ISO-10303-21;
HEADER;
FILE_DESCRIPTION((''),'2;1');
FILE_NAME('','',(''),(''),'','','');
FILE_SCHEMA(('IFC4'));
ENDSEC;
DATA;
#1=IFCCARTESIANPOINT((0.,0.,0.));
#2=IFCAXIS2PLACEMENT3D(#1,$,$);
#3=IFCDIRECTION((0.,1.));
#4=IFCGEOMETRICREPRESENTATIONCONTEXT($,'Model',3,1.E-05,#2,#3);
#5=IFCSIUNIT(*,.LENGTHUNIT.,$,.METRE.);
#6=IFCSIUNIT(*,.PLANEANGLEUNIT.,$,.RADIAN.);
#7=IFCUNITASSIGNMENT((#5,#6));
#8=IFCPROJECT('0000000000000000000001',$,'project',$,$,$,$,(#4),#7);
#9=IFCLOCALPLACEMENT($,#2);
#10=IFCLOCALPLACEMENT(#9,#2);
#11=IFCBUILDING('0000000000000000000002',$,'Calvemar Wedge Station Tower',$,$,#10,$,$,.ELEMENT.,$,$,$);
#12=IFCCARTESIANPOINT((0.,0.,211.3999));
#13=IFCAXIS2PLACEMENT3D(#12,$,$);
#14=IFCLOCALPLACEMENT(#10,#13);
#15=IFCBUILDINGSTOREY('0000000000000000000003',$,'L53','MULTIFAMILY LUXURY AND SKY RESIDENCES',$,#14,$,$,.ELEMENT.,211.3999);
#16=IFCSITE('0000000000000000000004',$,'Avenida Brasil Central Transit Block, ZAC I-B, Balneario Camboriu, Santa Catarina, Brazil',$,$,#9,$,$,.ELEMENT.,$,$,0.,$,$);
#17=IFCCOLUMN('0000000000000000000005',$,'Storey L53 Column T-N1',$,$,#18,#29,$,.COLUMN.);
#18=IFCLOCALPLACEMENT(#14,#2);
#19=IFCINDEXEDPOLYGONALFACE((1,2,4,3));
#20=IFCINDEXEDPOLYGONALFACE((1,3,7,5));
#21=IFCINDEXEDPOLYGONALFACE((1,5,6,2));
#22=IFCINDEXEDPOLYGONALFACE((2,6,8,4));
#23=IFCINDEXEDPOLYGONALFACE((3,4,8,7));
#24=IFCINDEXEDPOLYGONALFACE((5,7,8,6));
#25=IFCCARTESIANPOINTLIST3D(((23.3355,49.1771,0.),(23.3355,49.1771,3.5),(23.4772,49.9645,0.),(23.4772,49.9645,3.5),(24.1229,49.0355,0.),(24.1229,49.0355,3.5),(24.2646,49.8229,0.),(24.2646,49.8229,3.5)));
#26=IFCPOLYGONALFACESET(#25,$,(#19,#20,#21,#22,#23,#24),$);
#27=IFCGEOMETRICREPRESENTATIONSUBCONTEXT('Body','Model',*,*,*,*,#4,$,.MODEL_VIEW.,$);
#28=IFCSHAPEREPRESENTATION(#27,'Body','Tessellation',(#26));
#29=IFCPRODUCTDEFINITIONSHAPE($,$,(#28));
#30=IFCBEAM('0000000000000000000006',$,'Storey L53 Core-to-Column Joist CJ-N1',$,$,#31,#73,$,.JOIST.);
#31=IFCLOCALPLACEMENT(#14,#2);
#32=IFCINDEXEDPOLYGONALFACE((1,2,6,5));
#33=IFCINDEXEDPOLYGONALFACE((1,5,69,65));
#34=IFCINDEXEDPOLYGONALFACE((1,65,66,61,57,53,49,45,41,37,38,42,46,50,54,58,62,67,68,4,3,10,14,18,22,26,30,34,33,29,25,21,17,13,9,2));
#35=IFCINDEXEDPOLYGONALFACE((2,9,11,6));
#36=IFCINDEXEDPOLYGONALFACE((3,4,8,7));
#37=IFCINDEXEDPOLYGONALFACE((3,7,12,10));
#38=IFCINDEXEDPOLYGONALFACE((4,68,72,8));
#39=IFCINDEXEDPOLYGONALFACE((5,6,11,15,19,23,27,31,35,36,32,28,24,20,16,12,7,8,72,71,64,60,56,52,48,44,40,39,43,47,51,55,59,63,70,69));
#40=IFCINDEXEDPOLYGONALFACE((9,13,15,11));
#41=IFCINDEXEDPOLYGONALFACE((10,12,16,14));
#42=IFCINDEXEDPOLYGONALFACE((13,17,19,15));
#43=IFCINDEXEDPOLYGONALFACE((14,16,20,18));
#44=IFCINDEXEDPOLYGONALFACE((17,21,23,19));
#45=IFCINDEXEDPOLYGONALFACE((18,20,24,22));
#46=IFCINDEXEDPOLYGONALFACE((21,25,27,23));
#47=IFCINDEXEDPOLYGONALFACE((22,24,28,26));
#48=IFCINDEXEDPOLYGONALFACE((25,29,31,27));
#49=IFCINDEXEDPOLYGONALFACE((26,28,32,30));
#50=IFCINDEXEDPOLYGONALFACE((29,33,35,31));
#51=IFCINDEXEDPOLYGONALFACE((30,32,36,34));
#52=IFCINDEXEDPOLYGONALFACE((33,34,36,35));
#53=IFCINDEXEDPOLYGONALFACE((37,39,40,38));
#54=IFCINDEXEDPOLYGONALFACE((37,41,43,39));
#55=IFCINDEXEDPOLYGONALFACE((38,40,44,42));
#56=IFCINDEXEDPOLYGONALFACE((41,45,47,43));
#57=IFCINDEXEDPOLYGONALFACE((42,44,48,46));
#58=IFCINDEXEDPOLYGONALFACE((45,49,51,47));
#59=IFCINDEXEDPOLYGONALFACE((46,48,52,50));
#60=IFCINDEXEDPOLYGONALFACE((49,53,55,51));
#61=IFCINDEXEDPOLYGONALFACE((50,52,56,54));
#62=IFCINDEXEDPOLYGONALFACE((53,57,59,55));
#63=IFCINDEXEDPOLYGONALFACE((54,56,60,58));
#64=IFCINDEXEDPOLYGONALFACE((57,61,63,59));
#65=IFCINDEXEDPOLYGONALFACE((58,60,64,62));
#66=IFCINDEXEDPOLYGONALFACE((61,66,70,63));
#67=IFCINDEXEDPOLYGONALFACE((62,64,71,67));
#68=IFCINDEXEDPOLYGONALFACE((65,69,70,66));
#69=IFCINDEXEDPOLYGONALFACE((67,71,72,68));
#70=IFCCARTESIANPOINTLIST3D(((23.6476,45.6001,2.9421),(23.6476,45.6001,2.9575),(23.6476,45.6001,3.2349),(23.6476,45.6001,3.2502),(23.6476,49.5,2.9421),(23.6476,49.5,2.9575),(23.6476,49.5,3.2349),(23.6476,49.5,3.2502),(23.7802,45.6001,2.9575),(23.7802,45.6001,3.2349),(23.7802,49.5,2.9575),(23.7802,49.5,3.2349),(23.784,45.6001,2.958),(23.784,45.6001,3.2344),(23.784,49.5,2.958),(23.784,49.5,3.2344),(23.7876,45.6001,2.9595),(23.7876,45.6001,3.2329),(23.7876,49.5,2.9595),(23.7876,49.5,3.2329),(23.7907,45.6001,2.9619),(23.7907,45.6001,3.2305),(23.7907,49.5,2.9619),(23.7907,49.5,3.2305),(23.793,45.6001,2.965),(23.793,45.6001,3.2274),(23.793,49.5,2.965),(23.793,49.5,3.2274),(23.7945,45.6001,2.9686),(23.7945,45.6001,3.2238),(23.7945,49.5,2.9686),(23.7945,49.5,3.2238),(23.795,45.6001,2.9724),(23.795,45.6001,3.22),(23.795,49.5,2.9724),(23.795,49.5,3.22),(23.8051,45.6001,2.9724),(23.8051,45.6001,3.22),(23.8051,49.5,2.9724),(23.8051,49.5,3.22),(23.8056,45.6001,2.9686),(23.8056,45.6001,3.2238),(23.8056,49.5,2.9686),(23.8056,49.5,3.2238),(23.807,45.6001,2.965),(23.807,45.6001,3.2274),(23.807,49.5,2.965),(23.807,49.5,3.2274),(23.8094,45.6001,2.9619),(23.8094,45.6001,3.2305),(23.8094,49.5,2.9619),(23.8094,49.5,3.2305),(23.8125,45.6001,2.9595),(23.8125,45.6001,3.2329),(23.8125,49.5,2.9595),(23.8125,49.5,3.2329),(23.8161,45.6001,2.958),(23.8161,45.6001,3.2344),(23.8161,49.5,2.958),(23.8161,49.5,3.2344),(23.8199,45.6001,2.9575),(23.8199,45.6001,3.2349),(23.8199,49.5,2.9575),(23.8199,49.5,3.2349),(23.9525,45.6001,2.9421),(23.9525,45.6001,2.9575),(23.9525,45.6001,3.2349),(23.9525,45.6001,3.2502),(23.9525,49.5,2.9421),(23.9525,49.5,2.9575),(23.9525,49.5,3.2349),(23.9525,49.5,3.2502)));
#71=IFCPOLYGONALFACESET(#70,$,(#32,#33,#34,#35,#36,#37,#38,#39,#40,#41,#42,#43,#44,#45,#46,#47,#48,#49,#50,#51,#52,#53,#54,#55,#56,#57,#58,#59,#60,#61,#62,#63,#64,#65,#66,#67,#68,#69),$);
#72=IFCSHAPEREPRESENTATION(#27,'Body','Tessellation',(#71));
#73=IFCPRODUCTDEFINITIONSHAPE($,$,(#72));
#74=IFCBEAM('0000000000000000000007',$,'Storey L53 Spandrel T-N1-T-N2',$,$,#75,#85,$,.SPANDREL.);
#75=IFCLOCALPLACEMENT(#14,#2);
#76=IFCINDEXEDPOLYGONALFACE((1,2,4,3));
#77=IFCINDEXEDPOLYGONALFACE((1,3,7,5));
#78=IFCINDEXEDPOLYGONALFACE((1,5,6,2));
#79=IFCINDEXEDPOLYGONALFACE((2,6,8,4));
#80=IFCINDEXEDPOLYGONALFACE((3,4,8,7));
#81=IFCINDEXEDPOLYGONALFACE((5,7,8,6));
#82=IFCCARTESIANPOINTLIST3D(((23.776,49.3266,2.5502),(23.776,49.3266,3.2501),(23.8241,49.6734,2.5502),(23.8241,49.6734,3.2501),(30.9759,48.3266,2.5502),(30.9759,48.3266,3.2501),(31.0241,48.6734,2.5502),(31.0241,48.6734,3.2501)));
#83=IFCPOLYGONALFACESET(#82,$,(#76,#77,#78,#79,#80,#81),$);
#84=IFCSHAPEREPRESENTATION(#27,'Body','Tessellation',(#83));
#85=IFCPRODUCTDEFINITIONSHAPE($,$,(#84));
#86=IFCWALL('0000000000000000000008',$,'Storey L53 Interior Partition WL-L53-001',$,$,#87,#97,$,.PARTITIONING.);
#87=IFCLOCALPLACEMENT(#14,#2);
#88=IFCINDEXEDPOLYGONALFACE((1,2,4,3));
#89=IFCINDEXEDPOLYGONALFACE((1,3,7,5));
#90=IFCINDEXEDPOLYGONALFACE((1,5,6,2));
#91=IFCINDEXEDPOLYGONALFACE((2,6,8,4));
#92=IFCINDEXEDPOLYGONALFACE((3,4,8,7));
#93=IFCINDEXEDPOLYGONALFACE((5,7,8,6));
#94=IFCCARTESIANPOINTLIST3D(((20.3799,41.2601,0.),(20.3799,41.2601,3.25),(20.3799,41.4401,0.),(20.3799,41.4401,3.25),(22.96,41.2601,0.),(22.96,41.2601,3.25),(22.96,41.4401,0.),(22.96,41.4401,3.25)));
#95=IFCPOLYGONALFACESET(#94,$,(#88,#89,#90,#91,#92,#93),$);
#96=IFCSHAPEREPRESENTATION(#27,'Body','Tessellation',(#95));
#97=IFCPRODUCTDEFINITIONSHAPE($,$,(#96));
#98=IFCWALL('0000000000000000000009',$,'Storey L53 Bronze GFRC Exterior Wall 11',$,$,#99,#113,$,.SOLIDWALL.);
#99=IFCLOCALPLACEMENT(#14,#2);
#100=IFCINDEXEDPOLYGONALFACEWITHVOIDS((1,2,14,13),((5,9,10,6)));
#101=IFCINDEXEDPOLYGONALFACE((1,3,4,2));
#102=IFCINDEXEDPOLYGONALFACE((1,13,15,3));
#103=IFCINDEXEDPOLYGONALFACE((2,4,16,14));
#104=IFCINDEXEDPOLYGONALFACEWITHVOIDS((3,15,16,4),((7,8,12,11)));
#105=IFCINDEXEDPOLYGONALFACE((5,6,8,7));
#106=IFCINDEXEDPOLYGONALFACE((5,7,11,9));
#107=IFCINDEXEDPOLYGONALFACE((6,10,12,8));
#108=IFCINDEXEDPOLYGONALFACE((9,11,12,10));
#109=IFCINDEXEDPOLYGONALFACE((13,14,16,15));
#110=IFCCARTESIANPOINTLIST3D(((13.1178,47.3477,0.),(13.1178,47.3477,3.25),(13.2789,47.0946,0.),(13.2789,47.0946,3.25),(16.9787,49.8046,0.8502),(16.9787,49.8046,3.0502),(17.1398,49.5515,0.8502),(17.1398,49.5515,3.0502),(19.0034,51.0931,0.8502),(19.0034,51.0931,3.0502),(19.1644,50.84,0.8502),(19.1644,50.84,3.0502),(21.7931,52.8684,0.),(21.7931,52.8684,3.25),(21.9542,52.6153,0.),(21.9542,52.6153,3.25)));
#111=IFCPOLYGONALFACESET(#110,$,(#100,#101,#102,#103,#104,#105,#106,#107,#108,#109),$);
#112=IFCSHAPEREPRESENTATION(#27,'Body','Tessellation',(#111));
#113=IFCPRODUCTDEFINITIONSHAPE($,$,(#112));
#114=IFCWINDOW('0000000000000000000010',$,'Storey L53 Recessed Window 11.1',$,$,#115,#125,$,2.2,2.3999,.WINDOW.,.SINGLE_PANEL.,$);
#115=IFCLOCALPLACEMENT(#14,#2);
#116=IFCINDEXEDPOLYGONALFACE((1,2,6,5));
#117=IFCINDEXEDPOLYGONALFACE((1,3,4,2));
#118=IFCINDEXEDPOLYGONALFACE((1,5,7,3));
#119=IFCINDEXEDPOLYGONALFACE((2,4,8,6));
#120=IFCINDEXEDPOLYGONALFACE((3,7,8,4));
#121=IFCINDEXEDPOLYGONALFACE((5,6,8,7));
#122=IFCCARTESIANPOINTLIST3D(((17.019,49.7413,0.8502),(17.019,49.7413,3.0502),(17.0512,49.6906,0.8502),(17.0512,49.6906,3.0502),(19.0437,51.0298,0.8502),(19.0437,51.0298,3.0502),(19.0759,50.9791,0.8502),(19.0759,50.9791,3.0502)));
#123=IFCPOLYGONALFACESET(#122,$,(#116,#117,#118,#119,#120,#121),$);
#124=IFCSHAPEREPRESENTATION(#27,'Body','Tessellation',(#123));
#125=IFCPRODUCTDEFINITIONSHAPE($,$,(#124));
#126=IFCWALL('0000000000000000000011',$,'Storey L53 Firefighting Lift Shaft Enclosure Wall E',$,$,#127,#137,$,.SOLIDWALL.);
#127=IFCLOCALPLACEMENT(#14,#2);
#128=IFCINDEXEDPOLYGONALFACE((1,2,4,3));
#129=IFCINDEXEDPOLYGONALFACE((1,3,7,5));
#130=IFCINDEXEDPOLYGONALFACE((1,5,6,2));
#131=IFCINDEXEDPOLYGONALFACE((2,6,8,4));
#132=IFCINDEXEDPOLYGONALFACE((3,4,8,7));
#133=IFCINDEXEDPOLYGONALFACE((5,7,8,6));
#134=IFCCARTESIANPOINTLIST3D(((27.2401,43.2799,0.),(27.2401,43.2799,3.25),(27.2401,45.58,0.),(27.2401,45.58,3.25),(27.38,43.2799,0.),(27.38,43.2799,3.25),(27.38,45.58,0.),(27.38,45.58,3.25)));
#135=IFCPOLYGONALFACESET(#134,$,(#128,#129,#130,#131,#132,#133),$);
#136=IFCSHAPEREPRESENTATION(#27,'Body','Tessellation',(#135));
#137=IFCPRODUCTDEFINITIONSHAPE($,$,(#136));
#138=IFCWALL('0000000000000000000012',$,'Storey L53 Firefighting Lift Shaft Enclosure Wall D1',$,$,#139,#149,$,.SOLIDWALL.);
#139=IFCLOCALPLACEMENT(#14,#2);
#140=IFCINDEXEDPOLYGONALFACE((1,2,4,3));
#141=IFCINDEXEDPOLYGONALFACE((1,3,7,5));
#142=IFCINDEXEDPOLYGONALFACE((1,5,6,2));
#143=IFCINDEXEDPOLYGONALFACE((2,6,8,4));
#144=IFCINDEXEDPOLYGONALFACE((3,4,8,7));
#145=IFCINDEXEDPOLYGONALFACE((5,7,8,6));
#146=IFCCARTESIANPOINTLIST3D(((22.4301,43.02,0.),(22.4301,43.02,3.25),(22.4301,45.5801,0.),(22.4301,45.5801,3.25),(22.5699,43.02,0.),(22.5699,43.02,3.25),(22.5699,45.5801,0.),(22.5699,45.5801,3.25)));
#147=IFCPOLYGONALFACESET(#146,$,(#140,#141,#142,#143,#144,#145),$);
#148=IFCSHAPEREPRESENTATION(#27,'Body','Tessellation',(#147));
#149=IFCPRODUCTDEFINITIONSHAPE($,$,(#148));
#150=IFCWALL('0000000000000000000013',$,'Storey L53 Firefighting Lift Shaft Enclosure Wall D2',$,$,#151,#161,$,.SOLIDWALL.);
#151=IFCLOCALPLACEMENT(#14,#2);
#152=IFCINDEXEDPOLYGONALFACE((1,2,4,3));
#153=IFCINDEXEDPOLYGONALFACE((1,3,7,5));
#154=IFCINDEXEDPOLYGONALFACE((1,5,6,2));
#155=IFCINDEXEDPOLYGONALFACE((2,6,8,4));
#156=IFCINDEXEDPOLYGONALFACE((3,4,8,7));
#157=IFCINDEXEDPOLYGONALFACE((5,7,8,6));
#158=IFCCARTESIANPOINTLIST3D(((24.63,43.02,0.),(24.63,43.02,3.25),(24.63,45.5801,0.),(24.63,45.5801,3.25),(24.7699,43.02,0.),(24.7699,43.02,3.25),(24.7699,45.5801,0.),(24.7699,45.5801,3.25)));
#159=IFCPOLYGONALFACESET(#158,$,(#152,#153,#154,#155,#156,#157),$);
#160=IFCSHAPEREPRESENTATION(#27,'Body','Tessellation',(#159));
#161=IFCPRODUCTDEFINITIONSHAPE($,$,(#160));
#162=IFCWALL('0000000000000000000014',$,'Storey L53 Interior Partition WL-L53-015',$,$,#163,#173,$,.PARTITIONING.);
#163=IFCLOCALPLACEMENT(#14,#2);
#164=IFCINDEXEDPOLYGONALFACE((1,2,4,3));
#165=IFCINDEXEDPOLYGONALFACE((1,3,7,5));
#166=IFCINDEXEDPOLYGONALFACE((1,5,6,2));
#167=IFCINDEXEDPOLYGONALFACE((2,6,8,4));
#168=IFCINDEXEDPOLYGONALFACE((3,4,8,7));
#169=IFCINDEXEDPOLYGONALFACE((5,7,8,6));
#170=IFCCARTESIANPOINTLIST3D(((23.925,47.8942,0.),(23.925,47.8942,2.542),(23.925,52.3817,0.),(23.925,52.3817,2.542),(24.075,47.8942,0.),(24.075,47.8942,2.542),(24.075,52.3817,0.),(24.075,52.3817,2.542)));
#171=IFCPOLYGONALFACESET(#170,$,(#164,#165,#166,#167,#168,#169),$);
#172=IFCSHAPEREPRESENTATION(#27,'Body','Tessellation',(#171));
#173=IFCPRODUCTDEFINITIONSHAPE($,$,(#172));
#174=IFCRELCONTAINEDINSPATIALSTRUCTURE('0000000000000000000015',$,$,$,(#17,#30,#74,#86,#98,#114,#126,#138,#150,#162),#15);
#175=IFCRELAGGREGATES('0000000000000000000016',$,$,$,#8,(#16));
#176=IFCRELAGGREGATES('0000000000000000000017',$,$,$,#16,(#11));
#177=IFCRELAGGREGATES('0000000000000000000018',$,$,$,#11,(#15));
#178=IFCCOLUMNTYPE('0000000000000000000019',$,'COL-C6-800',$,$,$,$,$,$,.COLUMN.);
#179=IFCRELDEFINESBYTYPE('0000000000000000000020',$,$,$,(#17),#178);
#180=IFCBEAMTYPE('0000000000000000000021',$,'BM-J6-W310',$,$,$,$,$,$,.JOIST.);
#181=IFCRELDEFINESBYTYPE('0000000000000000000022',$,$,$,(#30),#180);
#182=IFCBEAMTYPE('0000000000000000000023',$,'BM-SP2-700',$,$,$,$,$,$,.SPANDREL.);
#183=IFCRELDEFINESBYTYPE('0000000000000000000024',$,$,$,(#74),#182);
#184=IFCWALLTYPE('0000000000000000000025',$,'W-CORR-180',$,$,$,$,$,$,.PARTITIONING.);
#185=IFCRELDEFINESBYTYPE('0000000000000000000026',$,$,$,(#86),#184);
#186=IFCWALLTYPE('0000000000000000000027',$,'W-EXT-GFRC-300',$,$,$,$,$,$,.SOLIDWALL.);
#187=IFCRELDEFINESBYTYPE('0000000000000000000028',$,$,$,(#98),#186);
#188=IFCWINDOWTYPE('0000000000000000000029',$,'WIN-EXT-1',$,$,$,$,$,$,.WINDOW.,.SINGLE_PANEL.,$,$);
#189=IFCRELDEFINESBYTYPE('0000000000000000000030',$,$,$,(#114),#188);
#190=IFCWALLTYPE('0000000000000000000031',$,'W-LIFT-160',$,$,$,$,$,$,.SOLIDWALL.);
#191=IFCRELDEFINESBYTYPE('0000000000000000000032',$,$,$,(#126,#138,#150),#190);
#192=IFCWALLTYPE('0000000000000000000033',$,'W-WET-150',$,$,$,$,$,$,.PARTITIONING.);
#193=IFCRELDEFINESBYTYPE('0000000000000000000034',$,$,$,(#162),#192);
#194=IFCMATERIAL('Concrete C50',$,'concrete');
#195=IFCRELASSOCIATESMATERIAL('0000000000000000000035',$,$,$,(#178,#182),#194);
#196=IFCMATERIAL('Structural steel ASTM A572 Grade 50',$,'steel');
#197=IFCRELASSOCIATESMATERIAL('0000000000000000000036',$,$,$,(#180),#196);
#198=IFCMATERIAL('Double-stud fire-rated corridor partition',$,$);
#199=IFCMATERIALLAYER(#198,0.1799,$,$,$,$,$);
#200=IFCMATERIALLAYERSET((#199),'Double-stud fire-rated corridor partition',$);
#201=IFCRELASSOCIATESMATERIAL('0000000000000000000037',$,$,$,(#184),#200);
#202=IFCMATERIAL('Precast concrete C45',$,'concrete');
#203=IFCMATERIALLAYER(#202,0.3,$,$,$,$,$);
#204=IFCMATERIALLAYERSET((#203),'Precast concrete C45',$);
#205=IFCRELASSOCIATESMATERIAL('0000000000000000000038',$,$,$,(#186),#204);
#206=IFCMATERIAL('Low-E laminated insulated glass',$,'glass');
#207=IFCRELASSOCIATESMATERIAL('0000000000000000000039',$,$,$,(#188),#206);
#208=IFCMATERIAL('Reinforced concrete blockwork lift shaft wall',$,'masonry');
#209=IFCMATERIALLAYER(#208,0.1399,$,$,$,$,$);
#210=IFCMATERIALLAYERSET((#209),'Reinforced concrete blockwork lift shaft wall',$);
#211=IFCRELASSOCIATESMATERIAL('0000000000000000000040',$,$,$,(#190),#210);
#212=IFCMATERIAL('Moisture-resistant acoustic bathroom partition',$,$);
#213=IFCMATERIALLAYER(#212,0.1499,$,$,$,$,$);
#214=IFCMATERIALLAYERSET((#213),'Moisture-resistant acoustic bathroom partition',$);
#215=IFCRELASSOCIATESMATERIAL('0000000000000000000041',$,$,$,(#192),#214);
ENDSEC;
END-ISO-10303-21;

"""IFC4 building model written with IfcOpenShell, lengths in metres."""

from ifc_helpers import new_model, si_unit, direction, frame, frame_2d, origin, origin_2d, place, context, subcontext, project, spatial, rectangle, i_section, extrude, source, transform, mapped, material, layer, layer_set, material_profile, profile_set, type_object, element, fill, save


model = new_model("IFC4")

# Units and contexts
model_context = context("Model", 3, precision=1e-05, world=origin(), true_north=direction((0.0, 1.0)))
body_context = subcontext(model_context, "Body", "Model", "MODEL_VIEW")
ifc_project = project(units=[si_unit("LENGTHUNIT", "METRE"), si_unit("PLANEANGLEUNIT", "RADIAN")], contexts=[model_context])

# Site, building, storey
site_placement = place(None, origin())
site = spatial("IfcSite", under=ifc_project, at=site_placement, Name="Avenida Brasil Central Transit Block, ZAC I-B, Balneario Camboriu, Santa Catarina, Brazil", CompositionType="ELEMENT", RefElevation=0.0)
building_placement = place(site_placement, origin())
building = spatial("IfcBuilding", under=site, at=building_placement, Name="Calvemar Wedge Station Tower", CompositionType="ELEMENT")
storey_placement = place(building_placement, frame((0.0, 0.0, 211.3999)))
storey = spatial("IfcBuildingStorey", under=building, at=storey_placement, Name="L53", Description="MULTIFAMILY LUXURY AND SKY RESIDENCES", CompositionType="ELEMENT", Elevation=211.3999)

# Column
ifc_material_1 = material(Name="Concrete C50", Category="concrete")
ifc_material_profile_1 = material_profile(ifc_material_1, rectangle(XDim=0.8, YDim=0.8, at=origin_2d()), Name="RC800x800")
ifc_profile_set_1 = profile_set([ifc_material_profile_1], Name="Concrete C50")
column_type = type_object("IfcColumnType", Name="COL-C6-800", PredefinedType="COLUMN", material=ifc_profile_set_1)
shared_shape_1 = source(origin(), body_context, "Body", "SweptSolid", [
    extrude(rectangle(XDim=0.8, YDim=0.8, at=origin_2d()), origin(), (0.0, 0.0, 1.0), 3.5),
])
column_placement = place(storey_placement, frame((23.8, 49.5, 0.0), z_axis=(0.0, 0.0, 1.0), x_axis=(0.984196, -0.177085, 0.0)))
element("IfcColumn", 1, at=column_placement, inside=storey, type_object=column_type, Name="Storey L53 Column T-N1", PredefinedType="COLUMN", context=body_context, shape_type="MappedRepresentation", body=[
    mapped(shared_shape_1, transform((0.0, 0.0, 0.0), scale=1.0)),
])

# Beams
ifc_material_2 = material(Name="Structural steel ASTM A572 Grade 50", Category="steel")
ifc_material_profile_2 = material_profile(ifc_material_2, i_section(OverallWidth=0.3049, OverallDepth=0.3081, WebThickness=0.01, FlangeThickness=0.0154, FilletRadius=0.0149, at=origin_2d()), Name="W310x97")
ifc_profile_set_2 = profile_set([ifc_material_profile_2], Name="Structural steel ASTM A572 Grade 50")
beam_type_1 = type_object("IfcBeamType", Name="BM-J6-W310", PredefinedType="JOIST", material=ifc_profile_set_2)
shared_shape_2 = source(origin(), body_context, "Body", "SweptSolid", [
    extrude(i_section(OverallWidth=0.3049, OverallDepth=0.3081, WebThickness=0.01, FlangeThickness=0.0154, FilletRadius=0.0149, at=origin_2d()), origin(), (0.0, 0.0, 1.0), 3.8999),
])
beam_1_placement = place(storey_placement, frame((23.8, 45.6001, 3.0962), z_axis=(0.0, 1.0, 0.0), x_axis=(-1.0, 0.0, 0.0)))
element("IfcBeam", 2, at=beam_1_placement, inside=storey, type_object=beam_type_1, Name="Storey L53 Core-to-Column Joist CJ-N1", PredefinedType="JOIST", context=body_context, shape_type="MappedRepresentation", body=[
    mapped(shared_shape_2, transform((0.0, 0.0, 0.0), scale=1.0)),
])
ifc_material_profile_3 = material_profile(ifc_material_1, rectangle(XDim=0.3501, YDim=0.7, at=origin_2d()), Name="RC350x700")
ifc_profile_set_3 = profile_set([ifc_material_profile_3], Name="Concrete C50")
beam_type_2 = type_object("IfcBeamType", Name="BM-SP2-700", PredefinedType="SPANDREL", material=ifc_profile_set_3)
shared_shape_3 = source(origin(), body_context, "Body", "SweptSolid", [
    extrude(rectangle(XDim=0.3501, YDim=0.7, at=origin_2d()), origin(), (0.0, 0.0, 1.0), 7.269),
])
beam_2_placement = place(storey_placement, frame((23.8, 49.5, 2.9001), z_axis=(0.990492, -0.137569, 0.0), x_axis=(0.137569, 0.990492, 0.0)))
element("IfcBeam", 3, at=beam_2_placement, inside=storey, type_object=beam_type_2, Name="Storey L53 Spandrel T-N1-T-N2", PredefinedType="SPANDREL", context=body_context, shape_type="MappedRepresentation", body=[
    mapped(shared_shape_3, transform((0.0, 0.0, 0.0), scale=1.0)),
])

# Wall
ifc_material_3 = material(Name="Double-stud fire-rated corridor partition")
ifc_layer_1 = layer(ifc_material_3, 0.1799)
ifc_layer_set_1 = layer_set([ifc_layer_1], Name="Double-stud fire-rated corridor partition")
wall_type_1 = type_object("IfcWallType", Name="W-CORR-180", PredefinedType="PARTITIONING", material=ifc_layer_set_1)
wall_1_placement = place(storey_placement, frame((22.96, 41.3501, 0.0), z_axis=(0.0, 0.0, 1.0), x_axis=(-1.0, 0.0, 0.0)))
element("IfcWall", 4, at=wall_1_placement, inside=storey, type_object=wall_type_1, Name="Storey L53 Interior Partition WL-L53-001", PredefinedType="PARTITIONING", context=body_context, shape_type="SweptSolid", body=[
    extrude(rectangle(XDim=2.5801, YDim=0.1799, at=frame_2d((1.29, 0.0))), origin(), (0.0, 0.0, 1.0), 3.25),
])

# Wall, opening, window
ifc_material_4 = material(Name="Precast concrete C45", Category="concrete")
ifc_layer_2 = layer(ifc_material_4, 0.3)
ifc_layer_set_2 = layer_set([ifc_layer_2], Name="Precast concrete C45")
wall_type_2 = type_object("IfcWallType", Name="W-EXT-GFRC-300", PredefinedType="SOLIDWALL", material=ifc_layer_set_2)
wall_2_placement = place(storey_placement, frame((21.8738, 52.7419, 0.0), z_axis=(0.0, 0.0, 1.0), x_axis=(-0.843657, -0.536883, 0.0)))
wall_2 = element("IfcWall", 5, at=wall_2_placement, inside=storey, type_object=wall_type_2, Name="Storey L53 Bronze GFRC Exterior Wall 11", PredefinedType="SOLIDWALL", context=body_context, shape_type="SweptSolid", body=[
    extrude(rectangle(XDim=10.283, YDim=0.3, at=frame_2d((5.1416, 0.0))), origin(), (0.0, 0.0, 1.0), 3.25),
])
shared_shape_4 = source(origin(), body_context, "Body", "SweptSolid", [
    extrude(rectangle(XDim=2.3999, YDim=2.2, at=frame_2d((1.2, 1.1001))), frame((0.0, 0.1602, 0.0), z_axis=(0.0, -1.0, 0.0), x_axis=(1.0, 0.0, 0.0)), (0.0, 0.0, 1.0), 0.3201),
])
opening_1_placement = place(wall_2_placement, frame((3.3069, 0.0, 0.8501)))
opening_1 = element("IfcOpeningElement", 6, at=opening_1_placement, cuts=wall_2, PredefinedType="OPENING", context=body_context, shape_type="MappedRepresentation", body=[
    mapped(shared_shape_4, transform((0.0, 0.0, 0.0), scale=1.0)),
])
ifc_material_5 = material(Name="Low-E laminated insulated glass", Category="glass")
window_type = type_object("IfcWindowType", Name="WIN-EXT-1", PartitioningType="SINGLE_PANEL", PredefinedType="WINDOW", material=ifc_material_5)
shared_shape_5 = source(origin(), body_context, "Body", "SweptSolid", [
    extrude(rectangle(XDim=2.3999, YDim=2.2, at=frame_2d((1.2, 1.1001))), frame((0.0, -0.0149, 0.0), z_axis=(0.0, -1.0, 0.0), x_axis=(1.0, 0.0, 0.0)), (0.0, 0.0, 1.0), 0.0601),
])
window_placement = place(opening_1_placement, origin())
window = element("IfcWindow", 7, at=window_placement, inside=storey, type_object=window_type, Name="Storey L53 Recessed Window 11.1", OverallHeight=2.2, OverallWidth=2.3999, PartitioningType="SINGLE_PANEL", PredefinedType="WINDOW", context=body_context, shape_type="MappedRepresentation", body=[
    mapped(shared_shape_5, transform((0.0, 0.0, 0.0), scale=1.0)),
])
fill(opening_1, window)

# Walls
ifc_material_6 = material(Name="Reinforced concrete blockwork lift shaft wall", Category="masonry")
ifc_layer_3 = layer(ifc_material_6, 0.1399)
ifc_layer_set_3 = layer_set([ifc_layer_3], Name="Reinforced concrete blockwork lift shaft wall")
wall_type_3 = type_object("IfcWallType", Name="W-LIFT-160", PredefinedType="SOLIDWALL", material=ifc_layer_set_3)
wall_3_placement = place(storey_placement, frame((27.3101, 43.28, 0.0), z_axis=(0.0, 0.0, 1.0), x_axis=(0.0, 1.0, 0.0)))
element("IfcWall", 8, at=wall_3_placement, inside=storey, type_object=wall_type_3, Name="Storey L53 Firefighting Lift Shaft Enclosure Wall E", PredefinedType="SOLIDWALL", context=body_context, shape_type="SweptSolid", body=[
    extrude(rectangle(XDim=2.3, YDim=0.1399, at=frame_2d((1.1499, 0.0))), origin(), (0.0, 0.0, 1.0), 3.25),
])
for number, where, z_axis, x_axis, name in (
    (9, (22.5, 43.02, 0.0), (0.0, 0.0, 1.0), (0.0, 1.0, 0.0), "Storey L53 Firefighting Lift Shaft Enclosure Wall D1"),
    (10, (24.7, 43.02, 0.0), (0.0, 0.0, 1.0), (0.0, 1.0, 0.0), "Storey L53 Firefighting Lift Shaft Enclosure Wall D2"),
):
    element("IfcWall", number, at=place(storey_placement, frame(where, z_axis=z_axis, x_axis=x_axis)), inside=storey, type_object=wall_type_3, Name=name, PredefinedType="SOLIDWALL", context=body_context, shape_type="SweptSolid", body=[
        extrude(rectangle(XDim=2.5601, YDim=0.1399, at=frame_2d((1.28, 0.0))), origin(), (0.0, 0.0, 1.0), 3.25),
    ])
ifc_material_7 = material(Name="Moisture-resistant acoustic bathroom partition")
ifc_layer_4 = layer(ifc_material_7, 0.1499)
ifc_layer_set_4 = layer_set([ifc_layer_4], Name="Moisture-resistant acoustic bathroom partition")
wall_type_4 = type_object("IfcWallType", Name="W-WET-150", PredefinedType="PARTITIONING", material=ifc_layer_set_4)
wall_4_placement = place(storey_placement, frame((24.0, 52.3816, 0.0), z_axis=(0.0, 0.0, 1.0), x_axis=(0.0, -1.0, 0.0)))
element("IfcWall", 11, at=wall_4_placement, inside=storey, type_object=wall_type_4, Name="Storey L53 Interior Partition WL-L53-015", PredefinedType="PARTITIONING", context=body_context, shape_type="SweptSolid", body=[
    extrude(rectangle(XDim=4.4875, YDim=0.1499, at=frame_2d((2.2437, 0.0))), origin(), (0.0, 0.0, 1.0), 2.542),
])

save(model, "model.ifc")
